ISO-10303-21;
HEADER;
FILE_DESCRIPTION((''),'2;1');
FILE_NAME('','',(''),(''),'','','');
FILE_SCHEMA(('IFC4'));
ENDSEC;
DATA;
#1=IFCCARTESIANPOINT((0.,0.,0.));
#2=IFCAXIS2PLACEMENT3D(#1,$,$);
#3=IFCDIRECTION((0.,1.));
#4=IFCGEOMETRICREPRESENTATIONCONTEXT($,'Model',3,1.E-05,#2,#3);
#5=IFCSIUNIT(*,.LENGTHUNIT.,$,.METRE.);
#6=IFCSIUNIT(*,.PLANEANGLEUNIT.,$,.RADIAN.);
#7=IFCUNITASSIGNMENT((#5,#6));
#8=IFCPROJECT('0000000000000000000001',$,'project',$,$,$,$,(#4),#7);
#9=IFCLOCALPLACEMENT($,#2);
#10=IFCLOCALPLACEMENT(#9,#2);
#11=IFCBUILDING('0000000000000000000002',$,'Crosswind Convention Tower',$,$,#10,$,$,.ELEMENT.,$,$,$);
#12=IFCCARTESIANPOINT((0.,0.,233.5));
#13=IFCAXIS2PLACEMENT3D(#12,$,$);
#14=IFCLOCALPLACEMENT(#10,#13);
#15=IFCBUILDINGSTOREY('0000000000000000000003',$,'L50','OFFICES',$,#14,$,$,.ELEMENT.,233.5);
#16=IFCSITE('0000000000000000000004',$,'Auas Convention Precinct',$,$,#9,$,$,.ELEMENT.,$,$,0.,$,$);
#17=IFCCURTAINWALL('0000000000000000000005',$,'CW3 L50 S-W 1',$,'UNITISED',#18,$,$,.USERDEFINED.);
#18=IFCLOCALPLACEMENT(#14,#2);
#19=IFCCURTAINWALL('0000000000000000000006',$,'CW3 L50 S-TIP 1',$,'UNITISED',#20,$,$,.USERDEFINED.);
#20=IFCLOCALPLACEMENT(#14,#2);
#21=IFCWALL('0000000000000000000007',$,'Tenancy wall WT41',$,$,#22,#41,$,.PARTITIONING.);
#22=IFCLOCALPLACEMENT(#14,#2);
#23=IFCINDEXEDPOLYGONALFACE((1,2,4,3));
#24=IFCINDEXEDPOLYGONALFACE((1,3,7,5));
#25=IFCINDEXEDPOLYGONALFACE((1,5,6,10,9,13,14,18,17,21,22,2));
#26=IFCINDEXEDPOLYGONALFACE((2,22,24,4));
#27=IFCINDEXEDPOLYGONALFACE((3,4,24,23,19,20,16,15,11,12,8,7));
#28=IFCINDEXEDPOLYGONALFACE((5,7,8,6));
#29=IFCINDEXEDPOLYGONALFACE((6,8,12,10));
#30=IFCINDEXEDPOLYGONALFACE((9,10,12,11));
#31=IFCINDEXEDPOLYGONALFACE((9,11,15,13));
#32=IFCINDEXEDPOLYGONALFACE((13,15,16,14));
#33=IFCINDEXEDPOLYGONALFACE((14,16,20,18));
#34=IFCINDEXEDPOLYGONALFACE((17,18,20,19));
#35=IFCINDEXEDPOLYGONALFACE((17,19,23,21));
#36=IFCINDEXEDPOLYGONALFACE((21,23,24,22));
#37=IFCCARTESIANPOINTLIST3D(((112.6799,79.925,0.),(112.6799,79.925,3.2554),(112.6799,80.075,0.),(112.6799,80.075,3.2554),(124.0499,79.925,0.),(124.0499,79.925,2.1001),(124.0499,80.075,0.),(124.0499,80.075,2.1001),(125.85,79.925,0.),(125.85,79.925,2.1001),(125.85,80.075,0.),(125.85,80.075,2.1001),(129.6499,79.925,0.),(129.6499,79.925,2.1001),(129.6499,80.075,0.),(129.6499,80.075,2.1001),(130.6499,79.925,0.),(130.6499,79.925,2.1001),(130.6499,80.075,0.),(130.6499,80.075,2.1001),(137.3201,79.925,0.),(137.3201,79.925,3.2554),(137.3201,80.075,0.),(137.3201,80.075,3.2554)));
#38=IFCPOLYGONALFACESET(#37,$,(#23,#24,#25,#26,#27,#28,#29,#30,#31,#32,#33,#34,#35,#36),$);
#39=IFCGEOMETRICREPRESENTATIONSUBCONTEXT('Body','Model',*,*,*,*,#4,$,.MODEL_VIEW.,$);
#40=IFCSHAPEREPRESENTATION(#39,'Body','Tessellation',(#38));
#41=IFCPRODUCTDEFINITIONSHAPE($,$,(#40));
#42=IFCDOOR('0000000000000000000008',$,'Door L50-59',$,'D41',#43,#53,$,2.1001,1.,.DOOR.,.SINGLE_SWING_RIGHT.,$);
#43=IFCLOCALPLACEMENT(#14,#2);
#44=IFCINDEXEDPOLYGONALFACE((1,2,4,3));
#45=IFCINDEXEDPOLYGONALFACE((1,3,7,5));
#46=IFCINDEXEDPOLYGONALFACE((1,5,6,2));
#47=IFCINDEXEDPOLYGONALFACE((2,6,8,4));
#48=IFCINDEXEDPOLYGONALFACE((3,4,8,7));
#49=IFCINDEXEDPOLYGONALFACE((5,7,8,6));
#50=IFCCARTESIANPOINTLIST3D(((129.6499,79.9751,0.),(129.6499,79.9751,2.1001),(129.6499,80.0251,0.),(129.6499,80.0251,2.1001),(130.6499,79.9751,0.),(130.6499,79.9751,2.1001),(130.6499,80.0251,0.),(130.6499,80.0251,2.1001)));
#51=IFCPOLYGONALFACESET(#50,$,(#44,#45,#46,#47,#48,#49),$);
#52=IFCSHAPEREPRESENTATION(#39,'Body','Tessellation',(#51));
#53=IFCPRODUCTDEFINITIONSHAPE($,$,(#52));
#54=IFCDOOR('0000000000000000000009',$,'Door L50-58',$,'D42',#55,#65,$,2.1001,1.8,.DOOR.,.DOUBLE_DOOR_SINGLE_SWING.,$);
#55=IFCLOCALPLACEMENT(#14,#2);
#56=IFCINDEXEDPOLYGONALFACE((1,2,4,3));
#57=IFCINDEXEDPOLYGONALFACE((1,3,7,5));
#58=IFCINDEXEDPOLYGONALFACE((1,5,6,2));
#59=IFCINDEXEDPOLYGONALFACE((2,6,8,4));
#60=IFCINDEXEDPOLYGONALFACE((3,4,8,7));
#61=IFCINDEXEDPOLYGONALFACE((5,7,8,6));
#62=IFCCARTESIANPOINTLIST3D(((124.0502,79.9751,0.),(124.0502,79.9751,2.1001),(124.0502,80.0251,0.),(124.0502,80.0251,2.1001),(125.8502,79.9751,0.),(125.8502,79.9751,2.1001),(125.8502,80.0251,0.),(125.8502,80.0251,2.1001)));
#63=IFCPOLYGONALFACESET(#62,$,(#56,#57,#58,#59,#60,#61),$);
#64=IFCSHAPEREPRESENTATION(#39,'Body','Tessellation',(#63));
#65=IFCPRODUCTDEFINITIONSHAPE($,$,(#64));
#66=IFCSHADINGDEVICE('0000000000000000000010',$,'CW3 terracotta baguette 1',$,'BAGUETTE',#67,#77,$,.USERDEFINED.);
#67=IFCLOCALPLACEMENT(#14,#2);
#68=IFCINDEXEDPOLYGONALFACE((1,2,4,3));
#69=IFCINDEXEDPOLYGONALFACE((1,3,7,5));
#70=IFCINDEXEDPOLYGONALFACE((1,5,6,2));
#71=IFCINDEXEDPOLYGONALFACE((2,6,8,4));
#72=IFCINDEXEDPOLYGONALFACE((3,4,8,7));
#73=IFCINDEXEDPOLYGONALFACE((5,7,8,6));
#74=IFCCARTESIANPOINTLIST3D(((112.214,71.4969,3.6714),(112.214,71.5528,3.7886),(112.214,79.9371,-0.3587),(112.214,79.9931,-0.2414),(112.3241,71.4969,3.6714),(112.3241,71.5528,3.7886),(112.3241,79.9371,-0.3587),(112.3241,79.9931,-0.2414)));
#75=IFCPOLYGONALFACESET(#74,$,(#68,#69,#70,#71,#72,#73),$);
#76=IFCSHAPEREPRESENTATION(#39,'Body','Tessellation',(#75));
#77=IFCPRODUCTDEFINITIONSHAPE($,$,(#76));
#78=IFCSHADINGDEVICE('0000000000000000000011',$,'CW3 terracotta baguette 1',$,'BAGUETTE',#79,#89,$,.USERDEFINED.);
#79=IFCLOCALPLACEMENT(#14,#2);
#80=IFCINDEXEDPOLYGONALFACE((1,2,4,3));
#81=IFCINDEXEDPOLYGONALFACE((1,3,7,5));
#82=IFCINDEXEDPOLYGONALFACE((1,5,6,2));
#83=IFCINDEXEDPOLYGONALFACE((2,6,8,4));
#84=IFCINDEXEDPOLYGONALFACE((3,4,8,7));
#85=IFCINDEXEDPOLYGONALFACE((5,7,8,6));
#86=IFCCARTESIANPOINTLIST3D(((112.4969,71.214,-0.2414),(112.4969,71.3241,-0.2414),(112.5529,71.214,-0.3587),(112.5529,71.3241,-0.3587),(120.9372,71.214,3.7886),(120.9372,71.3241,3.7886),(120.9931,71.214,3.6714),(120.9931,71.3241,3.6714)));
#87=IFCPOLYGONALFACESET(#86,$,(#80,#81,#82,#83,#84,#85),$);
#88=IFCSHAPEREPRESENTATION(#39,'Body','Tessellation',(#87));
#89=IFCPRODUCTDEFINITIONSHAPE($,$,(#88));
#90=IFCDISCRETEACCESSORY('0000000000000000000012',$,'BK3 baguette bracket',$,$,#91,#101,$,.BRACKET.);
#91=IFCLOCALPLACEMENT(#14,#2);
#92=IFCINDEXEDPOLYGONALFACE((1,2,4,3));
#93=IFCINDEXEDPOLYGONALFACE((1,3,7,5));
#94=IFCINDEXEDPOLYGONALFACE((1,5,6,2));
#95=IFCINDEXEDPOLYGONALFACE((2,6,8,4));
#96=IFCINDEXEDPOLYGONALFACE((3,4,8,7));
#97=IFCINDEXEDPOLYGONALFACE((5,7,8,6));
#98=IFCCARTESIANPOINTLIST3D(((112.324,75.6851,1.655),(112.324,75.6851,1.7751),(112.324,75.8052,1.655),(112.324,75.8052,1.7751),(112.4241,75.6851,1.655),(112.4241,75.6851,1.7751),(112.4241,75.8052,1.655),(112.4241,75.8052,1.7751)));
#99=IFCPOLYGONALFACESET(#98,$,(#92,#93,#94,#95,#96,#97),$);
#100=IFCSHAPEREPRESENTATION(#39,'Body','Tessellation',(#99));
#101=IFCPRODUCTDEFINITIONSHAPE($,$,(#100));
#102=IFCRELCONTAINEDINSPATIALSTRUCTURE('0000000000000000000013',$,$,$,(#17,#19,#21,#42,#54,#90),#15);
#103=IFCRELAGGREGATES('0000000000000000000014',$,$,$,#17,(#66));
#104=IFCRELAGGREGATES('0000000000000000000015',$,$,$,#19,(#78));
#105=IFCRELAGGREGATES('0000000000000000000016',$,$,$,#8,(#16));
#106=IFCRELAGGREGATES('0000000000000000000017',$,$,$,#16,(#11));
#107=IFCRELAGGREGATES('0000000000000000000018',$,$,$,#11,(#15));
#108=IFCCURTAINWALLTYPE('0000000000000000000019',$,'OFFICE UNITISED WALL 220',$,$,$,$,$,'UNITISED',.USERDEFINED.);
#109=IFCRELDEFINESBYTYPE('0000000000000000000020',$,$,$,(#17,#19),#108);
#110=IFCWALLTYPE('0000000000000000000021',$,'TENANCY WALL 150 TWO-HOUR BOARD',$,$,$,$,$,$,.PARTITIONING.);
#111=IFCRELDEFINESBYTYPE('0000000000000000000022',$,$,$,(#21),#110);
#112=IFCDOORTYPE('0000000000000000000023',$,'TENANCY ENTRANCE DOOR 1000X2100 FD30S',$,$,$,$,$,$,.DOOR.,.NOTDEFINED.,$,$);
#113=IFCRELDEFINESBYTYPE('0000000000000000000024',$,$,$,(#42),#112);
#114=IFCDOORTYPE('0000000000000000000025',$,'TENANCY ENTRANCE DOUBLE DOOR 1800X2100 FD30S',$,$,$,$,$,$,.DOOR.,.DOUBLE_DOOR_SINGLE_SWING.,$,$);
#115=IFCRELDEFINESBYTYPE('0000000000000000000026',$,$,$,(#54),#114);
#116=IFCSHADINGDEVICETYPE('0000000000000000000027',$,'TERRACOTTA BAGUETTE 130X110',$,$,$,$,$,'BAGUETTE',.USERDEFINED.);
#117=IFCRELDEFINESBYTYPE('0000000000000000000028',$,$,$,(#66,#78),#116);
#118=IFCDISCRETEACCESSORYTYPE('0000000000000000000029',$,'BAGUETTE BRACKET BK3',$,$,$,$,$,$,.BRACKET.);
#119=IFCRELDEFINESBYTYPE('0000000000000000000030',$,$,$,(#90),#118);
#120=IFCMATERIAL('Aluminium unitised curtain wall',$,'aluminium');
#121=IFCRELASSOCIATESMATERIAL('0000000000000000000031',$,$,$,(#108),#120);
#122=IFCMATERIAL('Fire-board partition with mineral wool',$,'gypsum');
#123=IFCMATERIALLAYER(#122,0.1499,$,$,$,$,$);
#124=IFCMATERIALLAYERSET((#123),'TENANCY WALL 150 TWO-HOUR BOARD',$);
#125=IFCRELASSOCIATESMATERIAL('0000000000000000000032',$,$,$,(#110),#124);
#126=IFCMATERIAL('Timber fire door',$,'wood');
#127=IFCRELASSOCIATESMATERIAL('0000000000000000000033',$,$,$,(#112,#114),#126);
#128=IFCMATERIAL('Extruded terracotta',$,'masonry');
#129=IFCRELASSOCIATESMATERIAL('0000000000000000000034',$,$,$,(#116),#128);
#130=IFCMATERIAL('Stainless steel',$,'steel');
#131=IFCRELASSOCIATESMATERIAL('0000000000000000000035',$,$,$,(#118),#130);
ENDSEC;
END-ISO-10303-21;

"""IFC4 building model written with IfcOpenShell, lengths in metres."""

from ifc_helpers import new_model, si_unit, direction, frame, frame_2d, origin, origin_2d, place, context, subcontext, project, spatial, rectangle, extrude, material, layer, layer_set, material_profile, profile_set, type_object, element, fill, aggregate, save


model = new_model("IFC4")

# Units and contexts
model_context = context("Model", 3, precision=1e-05, world=origin(), true_north=direction((0.0, 1.0)))
body_context = subcontext(model_context, "Body", "Model", "MODEL_VIEW")
ifc_project = project(units=[si_unit("LENGTHUNIT", "METRE"), si_unit("PLANEANGLEUNIT", "RADIAN")], contexts=[model_context])

# Site, building, storey
site_placement = place(None, origin())
site = spatial("IfcSite", under=ifc_project, at=site_placement, Name="Auas Convention Precinct", CompositionType="ELEMENT", RefElevation=0.0)
building_placement = place(site_placement, origin())
building = spatial("IfcBuilding", under=site, at=building_placement, Name="Crosswind Convention Tower", CompositionType="ELEMENT")
storey_placement = place(building_placement, frame((0.0, 0.0, 233.5)))
storey = spatial("IfcBuildingStorey", under=building, at=storey_placement, Name="L50", Description="OFFICES", CompositionType="ELEMENT", Elevation=233.5)

# Curtain wall
ifc_material_1 = material(Name="Aluminium unitised curtain wall", Category="aluminium")
curtain_wall_type_1 = type_object("IfcCurtainWallType", Name="OFFICE UNITISED WALL 220", ElementType="UNITISED", PredefinedType="USERDEFINED", material=ifc_material_1)
curtain_wall_1_placement = place(storey_placement, origin())
curtain_wall_1 = element("IfcCurtainWall", 1, at=curtain_wall_1_placement, inside=storey, type_object=curtain_wall_type_1, Name="CW3 L50 S-W 1", ObjectType="UNITISED", PredefinedType="USERDEFINED")

# Curtain wall
curtain_wall_2_placement = place(storey_placement, origin())
curtain_wall_2 = element("IfcCurtainWall", 2, at=curtain_wall_2_placement, inside=storey, type_object=curtain_wall_type_1, Name="CW3 L50 S-TIP 1", ObjectType="UNITISED", PredefinedType="USERDEFINED")

# Wall, openings, doors
ifc_material_2 = material(Name="Fire-board partition with mineral wool", Category="gypsum")
ifc_layer_1 = layer(ifc_material_2, 0.1499)
ifc_layer_set_1 = layer_set([ifc_layer_1], Name="TENANCY WALL 150 TWO-HOUR BOARD")
wall_type_1 = type_object("IfcWallType", Name="TENANCY WALL 150 TWO-HOUR BOARD", PredefinedType="PARTITIONING", material=ifc_layer_set_1)
wall_1_placement = place(storey_placement, frame((112.6799, 80.0, 0.0), z_axis=(0.0, 0.0, 1.0), x_axis=(1.0, 0.0, 0.0)))
wall_1 = element("IfcWall", 3, at=wall_1_placement, inside=storey, type_object=wall_type_1, Name="Tenancy wall WT41", PredefinedType="PARTITIONING", context=body_context, shape_type="SweptSolid", body=[
    extrude(rectangle(XDim=24.6401, YDim=0.1499, at=frame_2d((12.3201, 0.0))), origin(), (0.0, 0.0, 1.0), 3.2554),
])
opening_1_placement = place(wall_1_placement, frame((11.3701, 0.0, 0.0)))
opening_1 = element("IfcOpeningElement", 4, at=opening_1_placement, cuts=wall_1, PredefinedType="OPENING", context=body_context, shape_type="SweptSolid", body=[
    extrude(rectangle(XDim=1.8, YDim=2.1001, at=frame_2d((0.8999, 1.05))), frame((0.0, 0.085, 0.0), z_axis=(0.0, -1.0, 0.0), x_axis=(1.0, 0.0, 0.0)), (0.0, 0.0, 1.0), 0.1699),
])
opening_2_placement = place(wall_1_placement, frame((16.97, 0.0, 0.0)))
opening_2 = element("IfcOpeningElement", 5, at=opening_2_placement, cuts=wall_1, PredefinedType="OPENING", context=body_context, shape_type="SweptSolid", body=[
    extrude(rectangle(XDim=1.0, YDim=2.1001, at=frame_2d((0.5, 1.05))), frame((0.0, 0.085, 0.0), z_axis=(0.0, -1.0, 0.0), x_axis=(1.0, 0.0, 0.0)), (0.0, 0.0, 1.0), 0.1699),
])
ifc_material_3 = material(Name="Timber fire door", Category="wood")
door_type_1 = type_object("IfcDoorType", Name="TENANCY ENTRANCE DOOR 1000X2100 FD30S", OperationType="NOTDEFINED", PredefinedType="DOOR", material=ifc_material_3)
door_1_placement = place(opening_2_placement, frame((1.0, 0.0, 0.0), z_axis=(0.0, 0.0, 1.0), x_axis=(-1.0, 0.0, 0.0)))
door_1 = element("IfcDoor", 6, at=door_1_placement, inside=storey, type_object=door_type_1, Name="Door L50-59", ObjectType="D41", OperationType="SINGLE_SWING_RIGHT", OverallHeight=2.1001, OverallWidth=1.0, PredefinedType="DOOR", context=body_context, shape_type="SweptSolid", body=[
    extrude(rectangle(XDim=1.0, YDim=2.1001, at=frame_2d((0.5, 1.05))), frame((0.0, 0.0249, 0.0), z_axis=(0.0, -1.0, 0.0), x_axis=(1.0, 0.0, 0.0)), (0.0, 0.0, 1.0), 0.05),
])
fill(opening_2, door_1)
door_type_2 = type_object("IfcDoorType", Name="TENANCY ENTRANCE DOUBLE DOOR 1800X2100 FD30S", OperationType="DOUBLE_DOOR_SINGLE_SWING", PredefinedType="DOOR", material=ifc_material_3)
door_2_placement = place(opening_1_placement, frame((1.8, 0.0, 0.0), z_axis=(0.0, 0.0, 1.0), x_axis=(-1.0, 0.0, 0.0)))
door_2 = element("IfcDoor", 7, at=door_2_placement, inside=storey, type_object=door_type_2, Name="Door L50-58", ObjectType="D42", OperationType="DOUBLE_DOOR_SINGLE_SWING", OverallHeight=2.1001, OverallWidth=1.8, PredefinedType="DOOR", context=body_context, shape_type="SweptSolid", body=[
    extrude(rectangle(XDim=1.8, YDim=2.1001, at=frame_2d((0.8999, 1.05))), frame((0.0, 0.0249, 0.0), z_axis=(0.0, -1.0, 0.0), x_axis=(1.0, 0.0, 0.0)), (0.0, 0.0, 1.0), 0.05),
])
fill(opening_1, door_2)

# Shading devices
ifc_material_4 = material(Name="Extruded terracotta", Category="masonry")
ifc_material_profile_1 = material_profile(ifc_material_4, rectangle(XDim=0.1101, YDim=0.1299, at=origin_2d()), Name="TC 110X130")
ifc_profile_set_1 = profile_set([ifc_material_profile_1], Name="Extruded terracotta")
shading_device_type = type_object("IfcShadingDeviceType", Name="TERRACOTTA BAGUETTE 130X110", ElementType="BAGUETTE", PredefinedType="USERDEFINED", material=ifc_profile_set_1)
shading_device_1_placement = place(storey_placement, frame((112.269, 79.9651, -0.3), z_axis=(0.0, -0.902408, 0.430883), x_axis=(1.0, 0.0, 0.0)))
shading_device_1 = element("IfcShadingDevice", 8, at=shading_device_1_placement, type_object=shading_device_type, Name="CW3 terracotta baguette 1", ObjectType="BAGUETTE", PredefinedType="USERDEFINED", context=body_context, shape_type="SweptSolid", body=[
    extrude(rectangle(XDim=0.1101, YDim=0.1299, at=origin_2d()), origin(), (0.0, 0.0, 1.0), 9.353),
])
aggregate(curtain_wall_1, [shading_device_1])
shading_device_2_placement = place(storey_placement, frame((112.5249, 71.269, -0.3), z_axis=(0.902408, 0.0, 0.430883), x_axis=(0.0, 1.0, 0.0)))
shading_device_2 = element("IfcShadingDevice", 9, at=shading_device_2_placement, type_object=shading_device_type, Name="CW3 terracotta baguette 1", ObjectType="BAGUETTE", PredefinedType="USERDEFINED", context=body_context, shape_type="SweptSolid", body=[
    extrude(rectangle(XDim=0.1101, YDim=0.1299, at=origin_2d()), origin(), (0.0, 0.0, 1.0), 9.353),
])
aggregate(curtain_wall_2, [shading_device_2])

# Discrete accessory
ifc_material_5 = material(Name="Stainless steel", Category="steel")
discrete_accessory_type = type_object("IfcDiscreteAccessoryType", Name="BAGUETTE BRACKET BK3", PredefinedType="BRACKET", material=ifc_material_5)
discrete_accessory_placement = place(storey_placement, frame((112.374, 75.7451, 1.655), z_axis=(0.0, 0.0, 1.0), x_axis=(0.0, -1.0, 0.0)))
element("IfcDiscreteAccessory", 10, at=discrete_accessory_placement, inside=storey, type_object=discrete_accessory_type, Name="BK3 baguette bracket", PredefinedType="BRACKET", context=body_context, shape_type="SweptSolid", body=[
    extrude(rectangle(XDim=0.1201, YDim=0.1001, at=origin_2d()), origin(), (0.0, 0.0, 1.0), 0.1201),
])

save(model, "model.ifc")
